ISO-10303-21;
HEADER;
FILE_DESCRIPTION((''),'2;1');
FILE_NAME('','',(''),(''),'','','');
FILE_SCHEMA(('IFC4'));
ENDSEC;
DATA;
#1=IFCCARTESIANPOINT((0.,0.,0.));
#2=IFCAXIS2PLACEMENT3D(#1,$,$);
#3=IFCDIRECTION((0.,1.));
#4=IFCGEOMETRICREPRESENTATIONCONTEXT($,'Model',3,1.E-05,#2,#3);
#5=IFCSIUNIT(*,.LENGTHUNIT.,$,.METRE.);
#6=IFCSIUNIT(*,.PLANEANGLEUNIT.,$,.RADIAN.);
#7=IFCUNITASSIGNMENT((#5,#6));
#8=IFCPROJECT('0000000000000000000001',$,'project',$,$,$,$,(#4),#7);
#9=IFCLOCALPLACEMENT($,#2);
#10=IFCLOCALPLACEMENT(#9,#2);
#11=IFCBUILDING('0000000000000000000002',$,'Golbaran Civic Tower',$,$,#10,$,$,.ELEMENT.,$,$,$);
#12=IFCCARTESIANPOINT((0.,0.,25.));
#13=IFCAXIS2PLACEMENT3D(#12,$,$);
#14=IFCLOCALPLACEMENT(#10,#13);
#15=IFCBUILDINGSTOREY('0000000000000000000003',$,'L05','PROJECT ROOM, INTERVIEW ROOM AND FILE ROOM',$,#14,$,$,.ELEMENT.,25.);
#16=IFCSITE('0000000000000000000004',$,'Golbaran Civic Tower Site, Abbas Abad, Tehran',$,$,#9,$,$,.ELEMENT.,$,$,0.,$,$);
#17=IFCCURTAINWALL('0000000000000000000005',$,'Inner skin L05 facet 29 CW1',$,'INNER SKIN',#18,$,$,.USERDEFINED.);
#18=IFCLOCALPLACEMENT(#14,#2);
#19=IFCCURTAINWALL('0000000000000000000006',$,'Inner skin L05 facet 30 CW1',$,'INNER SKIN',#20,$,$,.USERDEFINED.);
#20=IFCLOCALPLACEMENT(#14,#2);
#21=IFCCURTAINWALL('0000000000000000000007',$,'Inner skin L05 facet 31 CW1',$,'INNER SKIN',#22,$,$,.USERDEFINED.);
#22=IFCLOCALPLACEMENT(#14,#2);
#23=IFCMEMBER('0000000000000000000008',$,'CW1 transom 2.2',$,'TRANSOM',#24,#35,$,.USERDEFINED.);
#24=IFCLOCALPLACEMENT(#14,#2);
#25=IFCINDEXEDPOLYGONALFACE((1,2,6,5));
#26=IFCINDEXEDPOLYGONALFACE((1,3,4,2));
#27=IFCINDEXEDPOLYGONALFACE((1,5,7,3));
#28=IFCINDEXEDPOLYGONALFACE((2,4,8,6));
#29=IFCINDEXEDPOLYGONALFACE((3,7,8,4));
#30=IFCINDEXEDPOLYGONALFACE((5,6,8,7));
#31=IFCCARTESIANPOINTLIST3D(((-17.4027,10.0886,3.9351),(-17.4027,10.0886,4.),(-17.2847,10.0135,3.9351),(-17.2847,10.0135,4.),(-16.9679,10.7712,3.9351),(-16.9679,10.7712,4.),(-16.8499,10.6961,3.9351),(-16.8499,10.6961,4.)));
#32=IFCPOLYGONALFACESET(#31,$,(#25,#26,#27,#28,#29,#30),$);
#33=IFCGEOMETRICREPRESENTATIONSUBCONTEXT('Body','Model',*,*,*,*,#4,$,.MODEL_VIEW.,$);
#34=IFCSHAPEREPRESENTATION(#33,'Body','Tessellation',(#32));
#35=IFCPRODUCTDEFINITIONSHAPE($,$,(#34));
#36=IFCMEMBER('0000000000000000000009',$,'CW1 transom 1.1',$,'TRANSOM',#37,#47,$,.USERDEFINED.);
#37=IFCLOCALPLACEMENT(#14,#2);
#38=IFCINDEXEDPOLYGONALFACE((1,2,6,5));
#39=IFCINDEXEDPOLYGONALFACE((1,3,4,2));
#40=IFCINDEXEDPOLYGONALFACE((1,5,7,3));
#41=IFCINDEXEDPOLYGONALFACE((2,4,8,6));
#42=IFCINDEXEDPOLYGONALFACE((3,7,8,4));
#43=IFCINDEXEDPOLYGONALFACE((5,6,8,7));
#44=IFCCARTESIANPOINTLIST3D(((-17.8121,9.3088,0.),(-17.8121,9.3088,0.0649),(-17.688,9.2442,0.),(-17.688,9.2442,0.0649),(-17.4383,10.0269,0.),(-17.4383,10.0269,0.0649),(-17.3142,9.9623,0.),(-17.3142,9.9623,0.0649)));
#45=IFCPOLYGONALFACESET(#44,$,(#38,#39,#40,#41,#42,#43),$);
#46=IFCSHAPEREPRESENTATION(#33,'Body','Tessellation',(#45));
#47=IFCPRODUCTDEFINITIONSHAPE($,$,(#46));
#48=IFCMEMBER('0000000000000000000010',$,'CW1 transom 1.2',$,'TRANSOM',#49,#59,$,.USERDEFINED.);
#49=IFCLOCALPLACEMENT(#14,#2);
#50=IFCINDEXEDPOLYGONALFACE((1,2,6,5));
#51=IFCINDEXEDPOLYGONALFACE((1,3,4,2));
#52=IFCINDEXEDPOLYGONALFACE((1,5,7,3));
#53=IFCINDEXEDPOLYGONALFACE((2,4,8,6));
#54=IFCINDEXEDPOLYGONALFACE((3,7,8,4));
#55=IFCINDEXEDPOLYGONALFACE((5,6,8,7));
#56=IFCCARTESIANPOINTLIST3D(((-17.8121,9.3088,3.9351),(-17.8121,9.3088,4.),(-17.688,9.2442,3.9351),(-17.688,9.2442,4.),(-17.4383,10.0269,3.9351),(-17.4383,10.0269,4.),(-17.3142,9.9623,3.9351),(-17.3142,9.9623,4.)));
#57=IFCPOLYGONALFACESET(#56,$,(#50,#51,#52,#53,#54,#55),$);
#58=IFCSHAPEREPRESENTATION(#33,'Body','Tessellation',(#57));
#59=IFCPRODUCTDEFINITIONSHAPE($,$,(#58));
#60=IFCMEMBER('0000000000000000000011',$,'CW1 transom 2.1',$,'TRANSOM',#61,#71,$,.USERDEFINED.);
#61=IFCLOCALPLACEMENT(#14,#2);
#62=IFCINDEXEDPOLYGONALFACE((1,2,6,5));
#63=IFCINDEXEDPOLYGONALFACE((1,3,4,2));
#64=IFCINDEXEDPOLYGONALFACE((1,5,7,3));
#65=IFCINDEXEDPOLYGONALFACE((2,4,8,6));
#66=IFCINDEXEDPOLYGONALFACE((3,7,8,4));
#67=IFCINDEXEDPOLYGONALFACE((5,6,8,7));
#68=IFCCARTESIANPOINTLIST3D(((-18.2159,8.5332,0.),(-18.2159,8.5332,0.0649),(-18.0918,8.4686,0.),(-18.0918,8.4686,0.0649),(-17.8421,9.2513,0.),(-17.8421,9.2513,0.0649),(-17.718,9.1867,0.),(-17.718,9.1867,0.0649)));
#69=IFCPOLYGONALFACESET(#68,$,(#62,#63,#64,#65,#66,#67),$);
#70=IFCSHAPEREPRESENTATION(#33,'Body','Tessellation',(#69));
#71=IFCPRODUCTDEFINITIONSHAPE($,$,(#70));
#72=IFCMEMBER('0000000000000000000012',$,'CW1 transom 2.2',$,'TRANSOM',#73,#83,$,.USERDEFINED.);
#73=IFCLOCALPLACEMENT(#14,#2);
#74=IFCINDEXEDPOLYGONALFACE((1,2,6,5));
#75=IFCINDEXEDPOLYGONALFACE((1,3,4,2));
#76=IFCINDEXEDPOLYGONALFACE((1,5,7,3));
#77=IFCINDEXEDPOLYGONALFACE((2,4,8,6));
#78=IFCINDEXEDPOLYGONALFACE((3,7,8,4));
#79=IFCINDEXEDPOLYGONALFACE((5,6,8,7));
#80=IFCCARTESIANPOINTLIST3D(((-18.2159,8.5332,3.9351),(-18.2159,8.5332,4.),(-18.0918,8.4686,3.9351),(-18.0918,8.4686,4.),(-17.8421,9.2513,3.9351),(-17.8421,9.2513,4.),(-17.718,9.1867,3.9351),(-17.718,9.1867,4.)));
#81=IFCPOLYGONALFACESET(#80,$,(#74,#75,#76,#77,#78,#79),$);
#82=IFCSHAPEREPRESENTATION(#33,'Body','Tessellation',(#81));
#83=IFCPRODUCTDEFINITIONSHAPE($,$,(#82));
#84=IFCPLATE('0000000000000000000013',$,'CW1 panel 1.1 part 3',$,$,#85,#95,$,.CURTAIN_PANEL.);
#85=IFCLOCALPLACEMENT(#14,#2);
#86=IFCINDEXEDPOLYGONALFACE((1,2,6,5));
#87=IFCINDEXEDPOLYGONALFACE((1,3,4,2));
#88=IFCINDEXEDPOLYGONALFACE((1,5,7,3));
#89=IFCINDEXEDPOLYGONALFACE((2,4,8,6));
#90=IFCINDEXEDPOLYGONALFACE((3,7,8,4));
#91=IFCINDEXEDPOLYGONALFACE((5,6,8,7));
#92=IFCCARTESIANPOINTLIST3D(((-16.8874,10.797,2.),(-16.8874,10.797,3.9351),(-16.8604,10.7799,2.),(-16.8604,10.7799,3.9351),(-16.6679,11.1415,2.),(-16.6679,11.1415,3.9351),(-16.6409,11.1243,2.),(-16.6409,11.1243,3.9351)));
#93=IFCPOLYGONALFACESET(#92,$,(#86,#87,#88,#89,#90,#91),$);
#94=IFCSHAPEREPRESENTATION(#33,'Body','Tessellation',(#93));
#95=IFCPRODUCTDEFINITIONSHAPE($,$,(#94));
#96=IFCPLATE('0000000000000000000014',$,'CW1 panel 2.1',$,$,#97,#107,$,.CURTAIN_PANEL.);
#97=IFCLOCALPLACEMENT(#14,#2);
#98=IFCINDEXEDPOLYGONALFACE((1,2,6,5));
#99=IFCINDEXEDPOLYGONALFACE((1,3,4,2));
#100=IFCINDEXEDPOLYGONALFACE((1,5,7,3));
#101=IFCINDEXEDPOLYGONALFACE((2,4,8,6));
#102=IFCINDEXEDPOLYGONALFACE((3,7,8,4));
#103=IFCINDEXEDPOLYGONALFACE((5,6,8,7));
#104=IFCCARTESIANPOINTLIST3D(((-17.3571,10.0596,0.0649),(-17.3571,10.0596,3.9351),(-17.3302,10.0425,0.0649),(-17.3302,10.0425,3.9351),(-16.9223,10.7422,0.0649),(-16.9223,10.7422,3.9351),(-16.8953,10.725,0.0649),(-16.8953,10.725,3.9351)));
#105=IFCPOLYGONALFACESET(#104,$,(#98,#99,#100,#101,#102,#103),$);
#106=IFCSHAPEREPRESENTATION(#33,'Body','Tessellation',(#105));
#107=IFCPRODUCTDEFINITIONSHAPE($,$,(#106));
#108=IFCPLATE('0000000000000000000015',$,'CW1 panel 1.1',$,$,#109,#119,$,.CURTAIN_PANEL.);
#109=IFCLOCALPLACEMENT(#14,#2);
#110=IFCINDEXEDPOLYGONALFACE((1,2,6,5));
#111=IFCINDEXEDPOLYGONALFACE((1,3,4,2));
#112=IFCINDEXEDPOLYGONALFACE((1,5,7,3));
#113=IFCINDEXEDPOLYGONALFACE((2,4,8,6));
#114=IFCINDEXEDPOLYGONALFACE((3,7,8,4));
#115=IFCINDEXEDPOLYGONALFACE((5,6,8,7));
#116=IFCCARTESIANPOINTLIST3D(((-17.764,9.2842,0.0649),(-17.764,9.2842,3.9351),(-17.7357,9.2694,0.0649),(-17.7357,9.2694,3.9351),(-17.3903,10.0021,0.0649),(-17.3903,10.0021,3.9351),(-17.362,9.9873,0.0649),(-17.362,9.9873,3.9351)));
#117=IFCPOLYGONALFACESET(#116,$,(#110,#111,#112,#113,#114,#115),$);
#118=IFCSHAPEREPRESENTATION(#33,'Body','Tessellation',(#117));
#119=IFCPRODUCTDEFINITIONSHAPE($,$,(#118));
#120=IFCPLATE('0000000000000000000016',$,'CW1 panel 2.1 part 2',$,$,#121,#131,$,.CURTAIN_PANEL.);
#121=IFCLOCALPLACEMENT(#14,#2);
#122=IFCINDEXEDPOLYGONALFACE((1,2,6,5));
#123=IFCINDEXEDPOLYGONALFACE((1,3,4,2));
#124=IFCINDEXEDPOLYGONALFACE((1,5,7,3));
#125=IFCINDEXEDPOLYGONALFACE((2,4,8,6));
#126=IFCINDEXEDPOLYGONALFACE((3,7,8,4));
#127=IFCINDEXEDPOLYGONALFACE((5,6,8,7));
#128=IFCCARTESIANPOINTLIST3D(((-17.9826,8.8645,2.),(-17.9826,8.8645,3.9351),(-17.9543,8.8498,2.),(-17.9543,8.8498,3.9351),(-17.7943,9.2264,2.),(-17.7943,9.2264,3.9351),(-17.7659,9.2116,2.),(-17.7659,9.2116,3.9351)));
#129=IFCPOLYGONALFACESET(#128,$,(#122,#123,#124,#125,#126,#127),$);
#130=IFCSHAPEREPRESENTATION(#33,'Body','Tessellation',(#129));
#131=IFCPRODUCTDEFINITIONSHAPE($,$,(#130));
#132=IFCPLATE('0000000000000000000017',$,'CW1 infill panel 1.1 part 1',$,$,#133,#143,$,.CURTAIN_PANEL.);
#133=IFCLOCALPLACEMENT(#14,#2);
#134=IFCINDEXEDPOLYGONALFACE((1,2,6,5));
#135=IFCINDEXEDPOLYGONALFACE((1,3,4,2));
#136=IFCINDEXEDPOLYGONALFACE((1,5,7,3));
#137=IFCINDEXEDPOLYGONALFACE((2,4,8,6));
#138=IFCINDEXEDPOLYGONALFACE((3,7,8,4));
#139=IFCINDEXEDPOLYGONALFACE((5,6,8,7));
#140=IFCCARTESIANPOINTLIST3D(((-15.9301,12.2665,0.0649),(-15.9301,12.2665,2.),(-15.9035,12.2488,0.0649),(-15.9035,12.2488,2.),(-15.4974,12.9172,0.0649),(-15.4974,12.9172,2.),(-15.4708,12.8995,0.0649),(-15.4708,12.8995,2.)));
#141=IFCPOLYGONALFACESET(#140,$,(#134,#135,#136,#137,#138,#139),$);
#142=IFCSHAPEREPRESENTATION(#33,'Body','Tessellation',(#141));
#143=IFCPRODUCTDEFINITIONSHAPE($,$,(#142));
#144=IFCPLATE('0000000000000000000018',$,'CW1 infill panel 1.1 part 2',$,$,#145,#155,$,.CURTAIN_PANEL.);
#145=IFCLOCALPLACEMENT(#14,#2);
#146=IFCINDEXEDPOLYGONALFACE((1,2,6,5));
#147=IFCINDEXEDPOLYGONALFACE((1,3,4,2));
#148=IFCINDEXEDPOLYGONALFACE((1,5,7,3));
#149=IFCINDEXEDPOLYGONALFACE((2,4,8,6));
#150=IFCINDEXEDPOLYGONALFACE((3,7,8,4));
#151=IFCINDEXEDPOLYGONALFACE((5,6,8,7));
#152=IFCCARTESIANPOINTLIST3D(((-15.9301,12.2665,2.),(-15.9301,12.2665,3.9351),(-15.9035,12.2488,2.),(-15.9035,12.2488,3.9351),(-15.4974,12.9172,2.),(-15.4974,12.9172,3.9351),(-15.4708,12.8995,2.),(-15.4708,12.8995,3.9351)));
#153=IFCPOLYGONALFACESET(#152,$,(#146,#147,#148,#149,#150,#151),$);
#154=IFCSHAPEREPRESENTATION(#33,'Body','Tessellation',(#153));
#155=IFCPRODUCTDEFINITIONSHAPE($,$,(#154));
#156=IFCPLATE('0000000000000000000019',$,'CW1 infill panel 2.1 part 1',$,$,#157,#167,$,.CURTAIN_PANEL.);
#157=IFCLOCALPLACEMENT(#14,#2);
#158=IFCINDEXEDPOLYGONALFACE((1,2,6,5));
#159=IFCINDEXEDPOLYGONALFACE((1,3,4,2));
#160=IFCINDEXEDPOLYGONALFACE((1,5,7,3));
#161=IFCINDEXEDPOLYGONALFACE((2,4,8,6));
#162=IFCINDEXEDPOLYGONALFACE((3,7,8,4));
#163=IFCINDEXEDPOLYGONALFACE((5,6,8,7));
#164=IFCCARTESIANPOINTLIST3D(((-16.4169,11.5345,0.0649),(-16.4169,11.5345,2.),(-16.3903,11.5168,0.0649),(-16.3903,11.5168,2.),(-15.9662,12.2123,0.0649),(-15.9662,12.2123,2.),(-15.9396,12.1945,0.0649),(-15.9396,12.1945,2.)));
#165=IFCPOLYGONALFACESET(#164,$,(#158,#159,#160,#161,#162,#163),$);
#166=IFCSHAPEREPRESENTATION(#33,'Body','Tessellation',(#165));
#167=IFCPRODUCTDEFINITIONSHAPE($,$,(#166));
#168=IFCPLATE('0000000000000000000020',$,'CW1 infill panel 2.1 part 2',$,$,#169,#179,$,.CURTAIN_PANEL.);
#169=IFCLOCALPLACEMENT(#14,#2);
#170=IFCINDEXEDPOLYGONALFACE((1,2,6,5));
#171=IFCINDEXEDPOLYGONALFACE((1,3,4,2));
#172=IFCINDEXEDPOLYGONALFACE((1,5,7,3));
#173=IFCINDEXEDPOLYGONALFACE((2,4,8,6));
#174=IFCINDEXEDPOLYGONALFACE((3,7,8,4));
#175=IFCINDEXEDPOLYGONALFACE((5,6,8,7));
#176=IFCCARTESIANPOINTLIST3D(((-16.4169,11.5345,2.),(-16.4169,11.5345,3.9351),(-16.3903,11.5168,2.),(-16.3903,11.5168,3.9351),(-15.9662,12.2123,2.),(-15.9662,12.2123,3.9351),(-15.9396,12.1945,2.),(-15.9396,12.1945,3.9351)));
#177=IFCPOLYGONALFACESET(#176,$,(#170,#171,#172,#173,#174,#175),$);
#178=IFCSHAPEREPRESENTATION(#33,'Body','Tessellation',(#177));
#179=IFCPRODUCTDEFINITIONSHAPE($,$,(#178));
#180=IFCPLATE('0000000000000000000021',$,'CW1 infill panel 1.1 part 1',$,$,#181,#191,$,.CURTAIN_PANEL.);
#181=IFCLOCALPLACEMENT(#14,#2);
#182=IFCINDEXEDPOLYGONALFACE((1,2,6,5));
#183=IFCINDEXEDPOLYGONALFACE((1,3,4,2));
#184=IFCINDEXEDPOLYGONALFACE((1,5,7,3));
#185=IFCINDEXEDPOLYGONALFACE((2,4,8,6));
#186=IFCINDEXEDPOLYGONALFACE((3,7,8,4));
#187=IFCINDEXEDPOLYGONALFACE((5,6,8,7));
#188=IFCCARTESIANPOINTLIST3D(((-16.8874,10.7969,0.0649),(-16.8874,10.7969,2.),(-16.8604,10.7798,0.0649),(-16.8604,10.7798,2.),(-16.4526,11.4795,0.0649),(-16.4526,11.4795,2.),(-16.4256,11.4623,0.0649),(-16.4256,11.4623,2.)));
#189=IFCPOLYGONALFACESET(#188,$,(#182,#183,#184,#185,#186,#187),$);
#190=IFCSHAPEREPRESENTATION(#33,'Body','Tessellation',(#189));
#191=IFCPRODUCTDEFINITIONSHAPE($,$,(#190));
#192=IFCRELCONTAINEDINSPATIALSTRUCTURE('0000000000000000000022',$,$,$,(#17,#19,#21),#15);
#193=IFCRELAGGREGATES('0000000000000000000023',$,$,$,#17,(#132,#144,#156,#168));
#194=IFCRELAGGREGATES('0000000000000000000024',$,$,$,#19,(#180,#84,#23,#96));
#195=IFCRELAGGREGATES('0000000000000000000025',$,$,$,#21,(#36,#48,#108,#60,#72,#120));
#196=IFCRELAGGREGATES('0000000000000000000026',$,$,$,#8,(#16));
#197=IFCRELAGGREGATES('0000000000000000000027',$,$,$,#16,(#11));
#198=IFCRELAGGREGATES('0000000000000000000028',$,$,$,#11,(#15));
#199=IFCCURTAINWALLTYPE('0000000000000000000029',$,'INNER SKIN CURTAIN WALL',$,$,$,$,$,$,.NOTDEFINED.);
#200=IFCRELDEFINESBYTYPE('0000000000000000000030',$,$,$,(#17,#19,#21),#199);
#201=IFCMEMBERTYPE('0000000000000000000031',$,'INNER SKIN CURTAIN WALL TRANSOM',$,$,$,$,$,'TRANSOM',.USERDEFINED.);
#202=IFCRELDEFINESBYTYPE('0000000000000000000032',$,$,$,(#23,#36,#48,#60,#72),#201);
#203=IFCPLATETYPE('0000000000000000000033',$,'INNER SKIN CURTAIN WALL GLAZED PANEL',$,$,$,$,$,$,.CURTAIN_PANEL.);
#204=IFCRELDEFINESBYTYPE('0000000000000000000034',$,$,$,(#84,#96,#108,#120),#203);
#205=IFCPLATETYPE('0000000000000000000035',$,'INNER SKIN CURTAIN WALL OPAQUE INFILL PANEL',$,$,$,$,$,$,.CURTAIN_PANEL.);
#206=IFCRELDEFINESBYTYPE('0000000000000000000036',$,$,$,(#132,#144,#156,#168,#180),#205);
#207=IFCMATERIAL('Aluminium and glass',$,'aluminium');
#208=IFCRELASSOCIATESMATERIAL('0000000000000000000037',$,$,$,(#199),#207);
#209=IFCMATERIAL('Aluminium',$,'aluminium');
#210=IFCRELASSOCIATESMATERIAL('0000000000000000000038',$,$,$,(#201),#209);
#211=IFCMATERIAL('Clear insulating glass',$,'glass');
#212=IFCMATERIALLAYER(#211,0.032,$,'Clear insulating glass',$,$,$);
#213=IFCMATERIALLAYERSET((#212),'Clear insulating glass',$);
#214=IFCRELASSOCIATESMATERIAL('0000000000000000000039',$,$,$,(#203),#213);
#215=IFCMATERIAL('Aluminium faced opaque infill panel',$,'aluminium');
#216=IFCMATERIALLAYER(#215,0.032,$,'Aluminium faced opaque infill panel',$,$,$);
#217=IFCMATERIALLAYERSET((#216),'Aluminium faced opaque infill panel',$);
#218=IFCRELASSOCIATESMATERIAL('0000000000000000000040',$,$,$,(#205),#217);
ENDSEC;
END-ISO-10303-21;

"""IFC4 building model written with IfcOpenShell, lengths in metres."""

from ifc_helpers import new_model, si_unit, direction, frame, origin, origin_2d, place, context, subcontext, project, spatial, rectangle, extrude, material, layer, layer_set, material_profile, profile_set, type_object, element, aggregate, save


model = new_model("IFC4")

# Units and contexts
model_context = context("Model", 3, precision=1e-05, world=origin(), true_north=direction((0.0, 1.0)))
body_context = subcontext(model_context, "Body", "Model", "MODEL_VIEW")
ifc_project = project(units=[si_unit("LENGTHUNIT", "METRE"), si_unit("PLANEANGLEUNIT", "RADIAN")], contexts=[model_context])

# Site, building, storey
site_placement = place(None, origin())
site = spatial("IfcSite", under=ifc_project, at=site_placement, Name="Golbaran Civic Tower Site, Abbas Abad, Tehran", CompositionType="ELEMENT", RefElevation=0.0)
building_placement = place(site_placement, origin())
building = spatial("IfcBuilding", under=site, at=building_placement, Name="Golbaran Civic Tower", CompositionType="ELEMENT")
storey_placement = place(building_placement, frame((0.0, 0.0, 25.0)))
storey = spatial("IfcBuildingStorey", under=building, at=storey_placement, Name="L05", Description="PROJECT ROOM, INTERVIEW ROOM AND FILE ROOM", CompositionType="ELEMENT", Elevation=25.0)

# Curtain walls
ifc_material_1 = material(Name="Aluminium and glass", Category="aluminium")
curtain_wall_type = type_object("IfcCurtainWallType", Name="INNER SKIN CURTAIN WALL", PredefinedType="NOTDEFINED", material=ifc_material_1)
curtain_wall_1_placement = place(storey_placement, origin())
curtain_wall_1 = element("IfcCurtainWall", 1, at=curtain_wall_1_placement, inside=storey, type_object=curtain_wall_type, Name="Inner skin L05 facet 29 CW1", ObjectType="INNER SKIN", PredefinedType="USERDEFINED")
ifc_material_2 = material(Name="Aluminium", Category="aluminium")
curtain_wall_2_placement = place(storey_placement, origin())
curtain_wall_2 = element("IfcCurtainWall", 2, at=curtain_wall_2_placement, inside=storey, type_object=curtain_wall_type, Name="Inner skin L05 facet 30 CW1", ObjectType="INNER SKIN", PredefinedType="USERDEFINED")

# Curtain wall
curtain_wall_3_placement = place(storey_placement, origin())
curtain_wall_3 = element("IfcCurtainWall", 3, at=curtain_wall_3_placement, inside=storey, type_object=curtain_wall_type, Name="Inner skin L05 facet 31 CW1", ObjectType="INNER SKIN", PredefinedType="USERDEFINED")

# Members
ifc_material_profile_1 = material_profile(ifc_material_2, rectangle(XDim=0.1399, YDim=0.0649, at=origin_2d()), Name="INNER SKIN CURTAIN WALL TRANSOM")
ifc_profile_set_1 = profile_set([ifc_material_profile_1], Name="Aluminium")
member_type_1 = type_object("IfcMemberType", Name="INNER SKIN CURTAIN WALL TRANSOM", ElementType="TRANSOM", PredefinedType="USERDEFINED", material=ifc_profile_set_1)
member_1_placement = place(storey_placement, frame((-16.9089, 10.7336, 3.9675), z_axis=(-0.537246, -0.843425, 0.0), x_axis=(0.843425, -0.537246, 0.0)))
member_1 = element("IfcMember", 4, at=member_1_placement, type_object=member_type_1, Name="CW1 transom 2.2", ObjectType="TRANSOM", PredefinedType="USERDEFINED", context=body_context, shape_type="SweptSolid", body=[
    extrude(rectangle(XDim=0.1399, YDim=0.0649, at=origin_2d()), origin(), (0.0, 0.0, 1.0), 0.8093),
])
member_2_placement = place(storey_placement, frame((-17.3762, 9.9946, 0.0325), z_axis=(-0.461752, -0.887009, 0.0), x_axis=(0.887009, -0.461752, 0.0)))
member_2 = element("IfcMember", 5, at=member_2_placement, type_object=member_type_1, Name="CW1 transom 1.1", ObjectType="TRANSOM", PredefinedType="USERDEFINED", context=body_context, shape_type="SweptSolid", body=[
    extrude(rectangle(XDim=0.1399, YDim=0.0649, at=origin_2d()), origin(), (0.0, 0.0, 1.0), 0.8096),
])
member_3_placement = place(storey_placement, frame((-17.3762, 9.9946, 3.9675), z_axis=(-0.461752, -0.887009, 0.0), x_axis=(0.887009, -0.461752, 0.0)))
member_3 = element("IfcMember", 6, at=member_3_placement, type_object=member_type_1, Name="CW1 transom 1.2", ObjectType="TRANSOM", PredefinedType="USERDEFINED", context=body_context, shape_type="SweptSolid", body=[
    extrude(rectangle(XDim=0.1399, YDim=0.0649, at=origin_2d()), origin(), (0.0, 0.0, 1.0), 0.8096),
])
member_4_placement = place(storey_placement, frame((-17.78, 9.219, 0.0325), z_axis=(-0.461752, -0.887009, 0.0), x_axis=(0.887009, -0.461752, 0.0)))
member_4 = element("IfcMember", 7, at=member_4_placement, type_object=member_type_1, Name="CW1 transom 2.1", ObjectType="TRANSOM", PredefinedType="USERDEFINED", context=body_context, shape_type="SweptSolid", body=[
    extrude(rectangle(XDim=0.1399, YDim=0.0649, at=origin_2d()), origin(), (0.0, 0.0, 1.0), 0.8096),
])
member_5_placement = place(storey_placement, frame((-17.78, 9.219, 3.9675), z_axis=(-0.461752, -0.887009, 0.0), x_axis=(0.887009, -0.461752, 0.0)))
member_5 = element("IfcMember", 8, at=member_5_placement, type_object=member_type_1, Name="CW1 transom 2.2", ObjectType="TRANSOM", PredefinedType="USERDEFINED", context=body_context, shape_type="SweptSolid", body=[
    extrude(rectangle(XDim=0.1399, YDim=0.0649, at=origin_2d()), origin(), (0.0, 0.0, 1.0), 0.8096),
])

# Plates
ifc_material_3 = material(Name="Clear insulating glass", Category="glass")
ifc_layer_1 = layer(ifc_material_3, 0.032, Name="Clear insulating glass")
ifc_layer_set_1 = layer_set([ifc_layer_1], Name="Clear insulating glass")
plate_type_1 = type_object("IfcPlateType", Name="INNER SKIN CURTAIN WALL GLAZED PANEL", PredefinedType="CURTAIN_PANEL", material=ifc_layer_set_1)
plate_1_placement = place(storey_placement, frame((-16.7642, 10.9607, 2.0), z_axis=(0.0, 0.0, 1.0), x_axis=(-0.5373, -0.843391, 0.0)))
plate_1 = element("IfcPlate", 9, at=plate_1_placement, type_object=plate_type_1, Name="CW1 panel 1.1 part 3", PredefinedType="CURTAIN_PANEL", context=body_context, shape_type="SweptSolid", body=[
    extrude(rectangle(XDim=0.4084, YDim=0.032, at=origin_2d()), origin(), (0.0, 0.0, 1.0), 1.9351),
])
plate_2_placement = place(storey_placement, frame((-17.1262, 10.3923, 0.0649), z_axis=(0.0, 0.0, 1.0), x_axis=(-0.5373, -0.843391, 0.0)))
plate_2 = element("IfcPlate", 10, at=plate_2_placement, type_object=plate_type_1, Name="CW1 panel 2.1", PredefinedType="CURTAIN_PANEL", context=body_context, shape_type="SweptSolid", body=[
    extrude(rectangle(XDim=0.8093, YDim=0.032, at=origin_2d()), origin(), (0.0, 0.0, 1.0), 3.8701),
])
plate_3_placement = place(storey_placement, frame((-17.563, 9.6357, 0.0649), z_axis=(0.0, 0.0, 1.0), x_axis=(-0.461749, -0.887011, 0.0)))
plate_3 = element("IfcPlate", 11, at=plate_3_placement, type_object=plate_type_1, Name="CW1 panel 1.1", PredefinedType="CURTAIN_PANEL", context=body_context, shape_type="SweptSolid", body=[
    extrude(rectangle(XDim=0.8093, YDim=0.032, at=origin_2d()), origin(), (0.0, 0.0, 1.0), 3.8701),
])
plate_4_placement = place(storey_placement, frame((-17.8743, 9.0381, 2.0), z_axis=(0.0, 0.0, 1.0), x_axis=(-0.461749, -0.887011, 0.0)))
plate_4 = element("IfcPlate", 12, at=plate_4_placement, type_object=plate_type_1, Name="CW1 panel 2.1 part 2", PredefinedType="CURTAIN_PANEL", context=body_context, shape_type="SweptSolid", body=[
    extrude(rectangle(XDim=0.408, YDim=0.032, at=origin_2d()), origin(), (0.0, 0.0, 1.0), 1.9351),
])
ifc_material_4 = material(Name="Aluminium faced opaque infill panel", Category="aluminium")
ifc_layer_2 = layer(ifc_material_4, 0.032, Name="Aluminium faced opaque infill panel")
ifc_layer_set_2 = layer_set([ifc_layer_2], Name="Aluminium faced opaque infill panel")
plate_type_2 = type_object("IfcPlateType", Name="INNER SKIN CURTAIN WALL OPAQUE INFILL PANEL", PredefinedType="CURTAIN_PANEL", material=ifc_layer_set_2)
plate_5_placement = place(storey_placement, frame((-15.7004, 12.583, 0.0649), z_axis=(0.0, 0.0, 1.0), x_axis=(-0.553719, -0.832703, 0.0)))
plate_5 = element("IfcPlate", 13, at=plate_5_placement, type_object=plate_type_2, Name="CW1 infill panel 1.1 part 1", PredefinedType="CURTAIN_PANEL", context=body_context, shape_type="SweptSolid", body=[
    extrude(rectangle(XDim=0.7815, YDim=0.032, at=origin_2d()), origin(), (0.0, 0.0, 1.0), 1.9351),
])
plate_6_placement = place(storey_placement, frame((-15.7004, 12.583, 2.0), z_axis=(0.0, 0.0, 1.0), x_axis=(-0.553719, -0.832703, 0.0)))
plate_6 = element("IfcPlate", 14, at=plate_6_placement, type_object=plate_type_2, Name="CW1 infill panel 1.1 part 2", PredefinedType="CURTAIN_PANEL", context=body_context, shape_type="SweptSolid", body=[
    extrude(rectangle(XDim=0.7815, YDim=0.032, at=origin_2d()), origin(), (0.0, 0.0, 1.0), 1.9351),
])
plate_7_placement = place(storey_placement, frame((-16.1782, 11.8645, 0.0649), z_axis=(0.0, 0.0, 1.0), x_axis=(-0.553719, -0.832703, 0.0)))
plate_7 = element("IfcPlate", 15, at=plate_7_placement, type_object=plate_type_2, Name="CW1 infill panel 2.1 part 1", PredefinedType="CURTAIN_PANEL", context=body_context, shape_type="SweptSolid", body=[
    extrude(rectangle(XDim=0.814, YDim=0.032, at=origin_2d()), origin(), (0.0, 0.0, 1.0), 1.9351),
])
plate_8_placement = place(storey_placement, frame((-16.1782, 11.8645, 2.0), z_axis=(0.0, 0.0, 1.0), x_axis=(-0.553719, -0.832703, 0.0)))
plate_8 = element("IfcPlate", 16, at=plate_8_placement, type_object=plate_type_2, Name="CW1 infill panel 2.1 part 2", PredefinedType="CURTAIN_PANEL", context=body_context, shape_type="SweptSolid", body=[
    extrude(rectangle(XDim=0.814, YDim=0.032, at=origin_2d()), origin(), (0.0, 0.0, 1.0), 1.9351),
])
aggregate(curtain_wall_1, [plate_5, plate_6, plate_7, plate_8])
plate_9_placement = place(storey_placement, frame((-16.6565, 11.1296, 0.0649), z_axis=(0.0, 0.0, 1.0), x_axis=(-0.5373, -0.843391, 0.0)))
plate_9 = element("IfcPlate", 17, at=plate_9_placement, type_object=plate_type_2, Name="CW1 infill panel 1.1 part 1", PredefinedType="CURTAIN_PANEL", context=body_context, shape_type="SweptSolid", body=[
    extrude(rectangle(XDim=0.8093, YDim=0.032, at=origin_2d()), origin(), (0.0, 0.0, 1.0), 1.9351),
])
aggregate(curtain_wall_2, [plate_9, plate_1, member_1, plate_2])
aggregate(curtain_wall_3, [member_2, member_3, plate_3, member_4, member_5, plate_4])

save(model, "model.ifc")
